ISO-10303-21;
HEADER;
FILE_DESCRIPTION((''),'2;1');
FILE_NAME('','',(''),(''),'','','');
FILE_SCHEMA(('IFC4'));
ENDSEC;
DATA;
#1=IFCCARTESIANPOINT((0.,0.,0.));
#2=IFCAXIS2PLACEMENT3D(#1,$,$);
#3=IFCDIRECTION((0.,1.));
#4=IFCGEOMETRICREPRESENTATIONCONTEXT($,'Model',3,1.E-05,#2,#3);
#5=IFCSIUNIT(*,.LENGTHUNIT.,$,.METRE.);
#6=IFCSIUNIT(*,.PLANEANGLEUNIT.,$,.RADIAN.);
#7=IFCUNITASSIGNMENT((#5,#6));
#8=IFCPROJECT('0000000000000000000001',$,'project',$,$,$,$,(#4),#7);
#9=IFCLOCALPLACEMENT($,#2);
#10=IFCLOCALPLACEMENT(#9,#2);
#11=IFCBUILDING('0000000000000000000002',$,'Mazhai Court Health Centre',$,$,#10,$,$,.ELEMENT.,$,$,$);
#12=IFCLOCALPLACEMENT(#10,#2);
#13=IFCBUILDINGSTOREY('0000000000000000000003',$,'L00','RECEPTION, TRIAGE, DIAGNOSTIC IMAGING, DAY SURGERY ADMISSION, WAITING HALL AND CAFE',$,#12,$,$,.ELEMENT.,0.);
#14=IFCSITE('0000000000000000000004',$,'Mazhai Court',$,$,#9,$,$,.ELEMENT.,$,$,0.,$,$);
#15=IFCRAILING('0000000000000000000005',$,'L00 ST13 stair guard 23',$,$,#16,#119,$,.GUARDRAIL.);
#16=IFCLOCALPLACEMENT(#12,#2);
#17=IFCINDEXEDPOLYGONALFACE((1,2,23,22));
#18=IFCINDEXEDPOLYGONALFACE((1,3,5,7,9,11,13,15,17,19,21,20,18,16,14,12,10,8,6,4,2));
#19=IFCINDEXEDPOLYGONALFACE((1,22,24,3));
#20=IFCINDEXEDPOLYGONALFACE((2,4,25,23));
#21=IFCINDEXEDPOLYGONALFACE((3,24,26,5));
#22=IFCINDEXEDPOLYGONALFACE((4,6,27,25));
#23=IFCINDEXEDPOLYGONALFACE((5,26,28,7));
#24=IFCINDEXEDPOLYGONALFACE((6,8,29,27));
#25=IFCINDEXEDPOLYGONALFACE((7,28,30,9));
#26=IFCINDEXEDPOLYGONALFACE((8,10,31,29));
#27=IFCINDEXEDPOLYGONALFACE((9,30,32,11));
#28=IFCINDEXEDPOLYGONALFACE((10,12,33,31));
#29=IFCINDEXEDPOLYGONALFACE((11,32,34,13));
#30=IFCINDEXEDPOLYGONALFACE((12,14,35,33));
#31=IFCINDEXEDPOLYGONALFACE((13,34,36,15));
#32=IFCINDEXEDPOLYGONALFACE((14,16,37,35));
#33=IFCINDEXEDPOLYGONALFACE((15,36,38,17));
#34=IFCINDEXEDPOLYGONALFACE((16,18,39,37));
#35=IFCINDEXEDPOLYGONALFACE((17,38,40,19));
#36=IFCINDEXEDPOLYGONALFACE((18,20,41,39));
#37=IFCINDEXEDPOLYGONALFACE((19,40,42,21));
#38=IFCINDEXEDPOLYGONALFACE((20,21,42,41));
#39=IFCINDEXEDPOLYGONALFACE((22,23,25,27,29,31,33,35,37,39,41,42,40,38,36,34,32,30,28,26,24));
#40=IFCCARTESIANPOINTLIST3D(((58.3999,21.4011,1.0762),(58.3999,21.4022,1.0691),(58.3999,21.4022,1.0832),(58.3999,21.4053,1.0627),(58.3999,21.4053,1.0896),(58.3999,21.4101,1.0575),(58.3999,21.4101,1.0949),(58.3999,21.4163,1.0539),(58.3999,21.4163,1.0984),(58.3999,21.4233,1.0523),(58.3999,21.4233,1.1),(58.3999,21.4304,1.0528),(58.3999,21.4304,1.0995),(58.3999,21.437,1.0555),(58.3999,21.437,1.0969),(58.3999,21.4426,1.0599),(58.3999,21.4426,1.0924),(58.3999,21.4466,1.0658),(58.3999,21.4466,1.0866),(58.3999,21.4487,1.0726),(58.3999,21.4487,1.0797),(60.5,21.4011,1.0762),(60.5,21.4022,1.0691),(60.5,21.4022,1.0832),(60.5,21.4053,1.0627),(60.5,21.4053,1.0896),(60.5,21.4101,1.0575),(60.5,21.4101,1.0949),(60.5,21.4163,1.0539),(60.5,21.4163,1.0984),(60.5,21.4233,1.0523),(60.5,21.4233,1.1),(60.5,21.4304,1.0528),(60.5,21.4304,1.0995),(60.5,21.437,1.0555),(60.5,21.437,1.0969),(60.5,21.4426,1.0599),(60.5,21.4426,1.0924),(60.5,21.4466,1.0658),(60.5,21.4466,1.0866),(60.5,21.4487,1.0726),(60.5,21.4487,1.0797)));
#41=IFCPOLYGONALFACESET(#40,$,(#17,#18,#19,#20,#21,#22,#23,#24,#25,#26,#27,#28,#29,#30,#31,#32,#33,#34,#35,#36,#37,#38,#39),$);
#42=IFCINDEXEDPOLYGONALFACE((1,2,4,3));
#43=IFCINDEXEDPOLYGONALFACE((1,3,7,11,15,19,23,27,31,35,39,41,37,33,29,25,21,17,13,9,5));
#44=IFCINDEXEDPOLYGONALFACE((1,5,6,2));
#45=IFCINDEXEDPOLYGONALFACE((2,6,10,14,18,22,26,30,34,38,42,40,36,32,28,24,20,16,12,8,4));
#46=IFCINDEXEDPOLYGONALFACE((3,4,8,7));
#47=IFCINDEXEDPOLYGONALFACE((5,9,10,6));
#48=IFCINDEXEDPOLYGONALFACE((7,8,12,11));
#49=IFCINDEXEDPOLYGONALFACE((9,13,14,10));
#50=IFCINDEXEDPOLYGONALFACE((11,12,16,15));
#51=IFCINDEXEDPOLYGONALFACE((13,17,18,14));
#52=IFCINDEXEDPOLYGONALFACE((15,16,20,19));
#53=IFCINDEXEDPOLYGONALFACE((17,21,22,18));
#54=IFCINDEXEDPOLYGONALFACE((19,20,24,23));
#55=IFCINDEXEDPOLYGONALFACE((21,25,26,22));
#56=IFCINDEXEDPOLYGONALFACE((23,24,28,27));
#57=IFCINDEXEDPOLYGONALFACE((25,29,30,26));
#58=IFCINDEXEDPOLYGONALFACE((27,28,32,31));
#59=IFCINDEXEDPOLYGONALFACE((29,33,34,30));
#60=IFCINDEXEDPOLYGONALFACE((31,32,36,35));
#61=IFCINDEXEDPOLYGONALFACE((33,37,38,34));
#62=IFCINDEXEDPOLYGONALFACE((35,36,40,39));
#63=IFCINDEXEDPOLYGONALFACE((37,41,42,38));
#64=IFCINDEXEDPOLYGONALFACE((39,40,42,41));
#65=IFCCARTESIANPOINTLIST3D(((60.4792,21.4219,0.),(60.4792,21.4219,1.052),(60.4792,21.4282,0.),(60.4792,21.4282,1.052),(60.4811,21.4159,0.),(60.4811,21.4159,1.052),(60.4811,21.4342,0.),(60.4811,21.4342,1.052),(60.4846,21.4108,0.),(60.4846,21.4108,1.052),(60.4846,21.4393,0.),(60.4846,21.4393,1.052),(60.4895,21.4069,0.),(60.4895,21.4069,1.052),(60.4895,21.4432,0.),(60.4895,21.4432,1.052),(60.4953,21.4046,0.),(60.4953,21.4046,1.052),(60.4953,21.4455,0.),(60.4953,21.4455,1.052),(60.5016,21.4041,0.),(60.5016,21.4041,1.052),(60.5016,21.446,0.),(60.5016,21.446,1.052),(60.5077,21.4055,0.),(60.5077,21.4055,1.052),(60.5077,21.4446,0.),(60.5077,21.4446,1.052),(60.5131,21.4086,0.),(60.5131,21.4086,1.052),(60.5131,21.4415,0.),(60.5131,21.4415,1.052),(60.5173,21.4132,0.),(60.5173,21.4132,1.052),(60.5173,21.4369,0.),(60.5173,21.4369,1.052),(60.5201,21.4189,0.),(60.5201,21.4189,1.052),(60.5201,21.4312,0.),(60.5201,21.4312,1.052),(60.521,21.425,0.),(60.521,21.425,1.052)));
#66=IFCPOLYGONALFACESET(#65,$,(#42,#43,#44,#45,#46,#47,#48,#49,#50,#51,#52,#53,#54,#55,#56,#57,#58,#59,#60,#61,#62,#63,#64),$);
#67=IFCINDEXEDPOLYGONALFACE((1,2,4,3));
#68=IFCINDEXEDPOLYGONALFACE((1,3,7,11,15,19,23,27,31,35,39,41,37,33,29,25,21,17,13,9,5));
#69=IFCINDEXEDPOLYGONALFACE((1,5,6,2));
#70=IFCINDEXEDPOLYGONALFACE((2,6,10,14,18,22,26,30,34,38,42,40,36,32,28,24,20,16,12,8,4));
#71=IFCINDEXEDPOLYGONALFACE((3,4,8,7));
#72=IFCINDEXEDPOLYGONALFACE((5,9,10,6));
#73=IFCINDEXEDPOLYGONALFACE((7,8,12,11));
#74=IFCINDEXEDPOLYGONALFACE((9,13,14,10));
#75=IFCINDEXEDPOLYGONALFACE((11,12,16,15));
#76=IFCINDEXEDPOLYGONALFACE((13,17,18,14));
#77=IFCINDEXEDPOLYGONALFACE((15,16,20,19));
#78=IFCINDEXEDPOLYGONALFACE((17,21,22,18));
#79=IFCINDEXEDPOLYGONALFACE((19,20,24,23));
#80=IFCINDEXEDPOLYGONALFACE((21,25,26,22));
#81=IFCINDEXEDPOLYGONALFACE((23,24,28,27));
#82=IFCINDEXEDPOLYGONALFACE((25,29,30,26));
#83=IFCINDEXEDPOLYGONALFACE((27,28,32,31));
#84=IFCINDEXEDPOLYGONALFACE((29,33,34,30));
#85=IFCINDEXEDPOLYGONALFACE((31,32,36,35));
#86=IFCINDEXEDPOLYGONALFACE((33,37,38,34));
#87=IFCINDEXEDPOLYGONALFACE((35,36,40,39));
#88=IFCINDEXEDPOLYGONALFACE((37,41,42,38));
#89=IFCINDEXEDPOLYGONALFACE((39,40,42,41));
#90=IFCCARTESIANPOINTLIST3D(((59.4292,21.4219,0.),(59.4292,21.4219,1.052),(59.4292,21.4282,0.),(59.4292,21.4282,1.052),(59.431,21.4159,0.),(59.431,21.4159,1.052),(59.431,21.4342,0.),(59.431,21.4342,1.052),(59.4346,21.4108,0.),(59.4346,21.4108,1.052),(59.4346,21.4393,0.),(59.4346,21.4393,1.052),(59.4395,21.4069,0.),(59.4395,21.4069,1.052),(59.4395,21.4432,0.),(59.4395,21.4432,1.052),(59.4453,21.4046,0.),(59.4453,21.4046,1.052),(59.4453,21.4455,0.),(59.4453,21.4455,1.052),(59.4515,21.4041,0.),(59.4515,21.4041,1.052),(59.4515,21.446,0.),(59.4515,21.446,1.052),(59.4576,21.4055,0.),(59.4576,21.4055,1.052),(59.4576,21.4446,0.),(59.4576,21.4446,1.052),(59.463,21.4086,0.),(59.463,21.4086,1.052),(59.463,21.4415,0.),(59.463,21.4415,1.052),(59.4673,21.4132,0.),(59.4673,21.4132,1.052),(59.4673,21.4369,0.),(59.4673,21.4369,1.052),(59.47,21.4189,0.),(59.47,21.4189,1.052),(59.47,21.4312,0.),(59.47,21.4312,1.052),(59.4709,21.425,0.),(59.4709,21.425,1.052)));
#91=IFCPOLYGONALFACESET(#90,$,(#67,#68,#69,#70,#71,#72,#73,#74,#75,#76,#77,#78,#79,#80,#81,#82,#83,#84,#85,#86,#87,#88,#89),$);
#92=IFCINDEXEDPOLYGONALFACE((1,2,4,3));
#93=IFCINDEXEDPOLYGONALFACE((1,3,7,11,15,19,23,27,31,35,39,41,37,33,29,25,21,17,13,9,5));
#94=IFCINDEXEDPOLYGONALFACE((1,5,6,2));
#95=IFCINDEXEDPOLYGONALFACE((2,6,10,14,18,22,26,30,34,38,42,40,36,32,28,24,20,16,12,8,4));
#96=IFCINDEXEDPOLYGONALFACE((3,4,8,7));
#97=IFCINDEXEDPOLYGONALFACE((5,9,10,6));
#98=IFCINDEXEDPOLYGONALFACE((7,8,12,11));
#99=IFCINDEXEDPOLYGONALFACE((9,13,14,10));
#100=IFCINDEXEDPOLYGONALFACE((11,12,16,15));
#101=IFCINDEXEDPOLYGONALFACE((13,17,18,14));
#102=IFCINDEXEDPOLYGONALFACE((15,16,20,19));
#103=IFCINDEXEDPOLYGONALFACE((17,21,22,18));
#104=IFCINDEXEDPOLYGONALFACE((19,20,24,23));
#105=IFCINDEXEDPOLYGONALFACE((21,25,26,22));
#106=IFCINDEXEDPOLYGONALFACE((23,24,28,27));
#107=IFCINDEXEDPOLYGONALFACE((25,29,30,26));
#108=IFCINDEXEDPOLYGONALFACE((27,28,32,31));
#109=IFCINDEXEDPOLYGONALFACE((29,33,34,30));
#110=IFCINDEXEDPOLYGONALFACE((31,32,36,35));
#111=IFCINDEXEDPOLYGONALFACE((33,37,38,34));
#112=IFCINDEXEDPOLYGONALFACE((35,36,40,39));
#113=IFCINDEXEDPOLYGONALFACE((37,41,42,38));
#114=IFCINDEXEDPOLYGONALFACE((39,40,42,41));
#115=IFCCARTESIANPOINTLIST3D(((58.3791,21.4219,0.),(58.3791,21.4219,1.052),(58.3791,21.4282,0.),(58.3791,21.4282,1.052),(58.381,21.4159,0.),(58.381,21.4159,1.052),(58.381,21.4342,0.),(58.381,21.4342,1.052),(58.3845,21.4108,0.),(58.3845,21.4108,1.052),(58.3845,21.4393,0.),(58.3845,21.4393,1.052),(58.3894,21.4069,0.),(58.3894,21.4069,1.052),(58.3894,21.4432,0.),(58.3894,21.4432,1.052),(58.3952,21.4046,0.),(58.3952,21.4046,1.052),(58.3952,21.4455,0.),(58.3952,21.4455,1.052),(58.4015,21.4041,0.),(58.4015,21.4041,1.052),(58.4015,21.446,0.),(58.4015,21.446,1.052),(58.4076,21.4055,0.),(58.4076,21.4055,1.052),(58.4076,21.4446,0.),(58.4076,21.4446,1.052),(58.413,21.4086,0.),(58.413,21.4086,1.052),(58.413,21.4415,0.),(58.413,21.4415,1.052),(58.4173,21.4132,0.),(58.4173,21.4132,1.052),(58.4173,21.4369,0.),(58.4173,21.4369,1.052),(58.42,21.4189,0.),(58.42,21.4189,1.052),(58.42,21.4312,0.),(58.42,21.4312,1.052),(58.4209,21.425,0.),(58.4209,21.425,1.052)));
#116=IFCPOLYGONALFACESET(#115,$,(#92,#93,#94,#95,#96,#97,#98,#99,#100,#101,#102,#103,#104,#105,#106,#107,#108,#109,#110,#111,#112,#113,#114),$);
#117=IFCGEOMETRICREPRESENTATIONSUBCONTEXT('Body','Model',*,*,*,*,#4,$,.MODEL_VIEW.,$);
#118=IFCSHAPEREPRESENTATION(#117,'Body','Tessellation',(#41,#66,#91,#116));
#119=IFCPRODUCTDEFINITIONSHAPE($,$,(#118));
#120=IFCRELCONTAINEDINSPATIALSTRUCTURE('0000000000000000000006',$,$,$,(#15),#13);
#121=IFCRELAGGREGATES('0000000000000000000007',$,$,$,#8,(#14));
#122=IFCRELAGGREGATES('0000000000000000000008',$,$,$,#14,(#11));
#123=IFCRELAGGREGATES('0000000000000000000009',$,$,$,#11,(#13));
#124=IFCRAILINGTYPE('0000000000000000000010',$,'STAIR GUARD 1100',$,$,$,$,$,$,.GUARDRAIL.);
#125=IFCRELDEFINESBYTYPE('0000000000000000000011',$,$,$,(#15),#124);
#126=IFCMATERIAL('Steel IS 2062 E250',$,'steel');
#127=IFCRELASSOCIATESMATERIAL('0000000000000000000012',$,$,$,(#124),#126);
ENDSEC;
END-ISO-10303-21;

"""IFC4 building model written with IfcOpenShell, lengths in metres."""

from ifc_helpers import new_model, si_unit, direction, frame, origin, origin_2d, place, context, subcontext, project, spatial, circle, extrude, material, type_object, element, save


model = new_model("IFC4")

# Units and contexts
model_context = context("Model", 3, precision=1e-05, world=origin(), true_north=direction((0.0, 1.0)))
body_context = subcontext(model_context, "Body", "Model", "MODEL_VIEW")
ifc_project = project(units=[si_unit("LENGTHUNIT", "METRE"), si_unit("PLANEANGLEUNIT", "RADIAN")], contexts=[model_context])

# Site, building, storey
site_placement = place(None, origin())
site = spatial("IfcSite", under=ifc_project, at=site_placement, Name="Mazhai Court", CompositionType="ELEMENT", RefElevation=0.0)
building_placement = place(site_placement, origin())
building = spatial("IfcBuilding", under=site, at=building_placement, Name="Mazhai Court Health Centre", CompositionType="ELEMENT")
storey_placement = place(building_placement, origin())
storey = spatial("IfcBuildingStorey", under=building, at=storey_placement, Name="L00", Description="RECEPTION, TRIAGE, DIAGNOSTIC IMAGING, DAY SURGERY ADMISSION, WAITING HALL AND CAFE", CompositionType="ELEMENT", Elevation=0.0)

# Railing
ifc_material_1 = material(Name="Steel IS 2062 E250", Category="steel")
railing_type = type_object("IfcRailingType", Name="STAIR GUARD 1100", PredefinedType="GUARDRAIL", material=ifc_material_1)
railing_1_placement = place(storey_placement, frame((60.5, 21.425, 0.0)))
element("IfcRailing", 1, at=railing_1_placement, inside=storey, type_object=railing_type, Name="L00 ST13 stair guard 23", PredefinedType="GUARDRAIL", context=body_context, shape_type="SweptSolid", body=[
    extrude(circle(Radius=0.0239, at=origin_2d()), frame((0.0, 0.0, 1.0762), z_axis=(-1.0, 0.0, 0.0), x_axis=(0.0, -1.0, 0.0)), (0.0, 0.0, 1.0), 2.1001),
    extrude(circle(Radius=0.021, at=origin_2d()), origin(), (0.0, 0.0, 1.0), 1.052),
    extrude(circle(Radius=0.021, at=origin_2d()), frame((-1.05, 0.0, 0.0)), (0.0, 0.0, 1.0), 1.052),
    extrude(circle(Radius=0.021, at=origin_2d()), frame((-2.1001, 0.0, 0.0)), (0.0, 0.0, 1.0), 1.052),
])

save(model, "model.ifc")
